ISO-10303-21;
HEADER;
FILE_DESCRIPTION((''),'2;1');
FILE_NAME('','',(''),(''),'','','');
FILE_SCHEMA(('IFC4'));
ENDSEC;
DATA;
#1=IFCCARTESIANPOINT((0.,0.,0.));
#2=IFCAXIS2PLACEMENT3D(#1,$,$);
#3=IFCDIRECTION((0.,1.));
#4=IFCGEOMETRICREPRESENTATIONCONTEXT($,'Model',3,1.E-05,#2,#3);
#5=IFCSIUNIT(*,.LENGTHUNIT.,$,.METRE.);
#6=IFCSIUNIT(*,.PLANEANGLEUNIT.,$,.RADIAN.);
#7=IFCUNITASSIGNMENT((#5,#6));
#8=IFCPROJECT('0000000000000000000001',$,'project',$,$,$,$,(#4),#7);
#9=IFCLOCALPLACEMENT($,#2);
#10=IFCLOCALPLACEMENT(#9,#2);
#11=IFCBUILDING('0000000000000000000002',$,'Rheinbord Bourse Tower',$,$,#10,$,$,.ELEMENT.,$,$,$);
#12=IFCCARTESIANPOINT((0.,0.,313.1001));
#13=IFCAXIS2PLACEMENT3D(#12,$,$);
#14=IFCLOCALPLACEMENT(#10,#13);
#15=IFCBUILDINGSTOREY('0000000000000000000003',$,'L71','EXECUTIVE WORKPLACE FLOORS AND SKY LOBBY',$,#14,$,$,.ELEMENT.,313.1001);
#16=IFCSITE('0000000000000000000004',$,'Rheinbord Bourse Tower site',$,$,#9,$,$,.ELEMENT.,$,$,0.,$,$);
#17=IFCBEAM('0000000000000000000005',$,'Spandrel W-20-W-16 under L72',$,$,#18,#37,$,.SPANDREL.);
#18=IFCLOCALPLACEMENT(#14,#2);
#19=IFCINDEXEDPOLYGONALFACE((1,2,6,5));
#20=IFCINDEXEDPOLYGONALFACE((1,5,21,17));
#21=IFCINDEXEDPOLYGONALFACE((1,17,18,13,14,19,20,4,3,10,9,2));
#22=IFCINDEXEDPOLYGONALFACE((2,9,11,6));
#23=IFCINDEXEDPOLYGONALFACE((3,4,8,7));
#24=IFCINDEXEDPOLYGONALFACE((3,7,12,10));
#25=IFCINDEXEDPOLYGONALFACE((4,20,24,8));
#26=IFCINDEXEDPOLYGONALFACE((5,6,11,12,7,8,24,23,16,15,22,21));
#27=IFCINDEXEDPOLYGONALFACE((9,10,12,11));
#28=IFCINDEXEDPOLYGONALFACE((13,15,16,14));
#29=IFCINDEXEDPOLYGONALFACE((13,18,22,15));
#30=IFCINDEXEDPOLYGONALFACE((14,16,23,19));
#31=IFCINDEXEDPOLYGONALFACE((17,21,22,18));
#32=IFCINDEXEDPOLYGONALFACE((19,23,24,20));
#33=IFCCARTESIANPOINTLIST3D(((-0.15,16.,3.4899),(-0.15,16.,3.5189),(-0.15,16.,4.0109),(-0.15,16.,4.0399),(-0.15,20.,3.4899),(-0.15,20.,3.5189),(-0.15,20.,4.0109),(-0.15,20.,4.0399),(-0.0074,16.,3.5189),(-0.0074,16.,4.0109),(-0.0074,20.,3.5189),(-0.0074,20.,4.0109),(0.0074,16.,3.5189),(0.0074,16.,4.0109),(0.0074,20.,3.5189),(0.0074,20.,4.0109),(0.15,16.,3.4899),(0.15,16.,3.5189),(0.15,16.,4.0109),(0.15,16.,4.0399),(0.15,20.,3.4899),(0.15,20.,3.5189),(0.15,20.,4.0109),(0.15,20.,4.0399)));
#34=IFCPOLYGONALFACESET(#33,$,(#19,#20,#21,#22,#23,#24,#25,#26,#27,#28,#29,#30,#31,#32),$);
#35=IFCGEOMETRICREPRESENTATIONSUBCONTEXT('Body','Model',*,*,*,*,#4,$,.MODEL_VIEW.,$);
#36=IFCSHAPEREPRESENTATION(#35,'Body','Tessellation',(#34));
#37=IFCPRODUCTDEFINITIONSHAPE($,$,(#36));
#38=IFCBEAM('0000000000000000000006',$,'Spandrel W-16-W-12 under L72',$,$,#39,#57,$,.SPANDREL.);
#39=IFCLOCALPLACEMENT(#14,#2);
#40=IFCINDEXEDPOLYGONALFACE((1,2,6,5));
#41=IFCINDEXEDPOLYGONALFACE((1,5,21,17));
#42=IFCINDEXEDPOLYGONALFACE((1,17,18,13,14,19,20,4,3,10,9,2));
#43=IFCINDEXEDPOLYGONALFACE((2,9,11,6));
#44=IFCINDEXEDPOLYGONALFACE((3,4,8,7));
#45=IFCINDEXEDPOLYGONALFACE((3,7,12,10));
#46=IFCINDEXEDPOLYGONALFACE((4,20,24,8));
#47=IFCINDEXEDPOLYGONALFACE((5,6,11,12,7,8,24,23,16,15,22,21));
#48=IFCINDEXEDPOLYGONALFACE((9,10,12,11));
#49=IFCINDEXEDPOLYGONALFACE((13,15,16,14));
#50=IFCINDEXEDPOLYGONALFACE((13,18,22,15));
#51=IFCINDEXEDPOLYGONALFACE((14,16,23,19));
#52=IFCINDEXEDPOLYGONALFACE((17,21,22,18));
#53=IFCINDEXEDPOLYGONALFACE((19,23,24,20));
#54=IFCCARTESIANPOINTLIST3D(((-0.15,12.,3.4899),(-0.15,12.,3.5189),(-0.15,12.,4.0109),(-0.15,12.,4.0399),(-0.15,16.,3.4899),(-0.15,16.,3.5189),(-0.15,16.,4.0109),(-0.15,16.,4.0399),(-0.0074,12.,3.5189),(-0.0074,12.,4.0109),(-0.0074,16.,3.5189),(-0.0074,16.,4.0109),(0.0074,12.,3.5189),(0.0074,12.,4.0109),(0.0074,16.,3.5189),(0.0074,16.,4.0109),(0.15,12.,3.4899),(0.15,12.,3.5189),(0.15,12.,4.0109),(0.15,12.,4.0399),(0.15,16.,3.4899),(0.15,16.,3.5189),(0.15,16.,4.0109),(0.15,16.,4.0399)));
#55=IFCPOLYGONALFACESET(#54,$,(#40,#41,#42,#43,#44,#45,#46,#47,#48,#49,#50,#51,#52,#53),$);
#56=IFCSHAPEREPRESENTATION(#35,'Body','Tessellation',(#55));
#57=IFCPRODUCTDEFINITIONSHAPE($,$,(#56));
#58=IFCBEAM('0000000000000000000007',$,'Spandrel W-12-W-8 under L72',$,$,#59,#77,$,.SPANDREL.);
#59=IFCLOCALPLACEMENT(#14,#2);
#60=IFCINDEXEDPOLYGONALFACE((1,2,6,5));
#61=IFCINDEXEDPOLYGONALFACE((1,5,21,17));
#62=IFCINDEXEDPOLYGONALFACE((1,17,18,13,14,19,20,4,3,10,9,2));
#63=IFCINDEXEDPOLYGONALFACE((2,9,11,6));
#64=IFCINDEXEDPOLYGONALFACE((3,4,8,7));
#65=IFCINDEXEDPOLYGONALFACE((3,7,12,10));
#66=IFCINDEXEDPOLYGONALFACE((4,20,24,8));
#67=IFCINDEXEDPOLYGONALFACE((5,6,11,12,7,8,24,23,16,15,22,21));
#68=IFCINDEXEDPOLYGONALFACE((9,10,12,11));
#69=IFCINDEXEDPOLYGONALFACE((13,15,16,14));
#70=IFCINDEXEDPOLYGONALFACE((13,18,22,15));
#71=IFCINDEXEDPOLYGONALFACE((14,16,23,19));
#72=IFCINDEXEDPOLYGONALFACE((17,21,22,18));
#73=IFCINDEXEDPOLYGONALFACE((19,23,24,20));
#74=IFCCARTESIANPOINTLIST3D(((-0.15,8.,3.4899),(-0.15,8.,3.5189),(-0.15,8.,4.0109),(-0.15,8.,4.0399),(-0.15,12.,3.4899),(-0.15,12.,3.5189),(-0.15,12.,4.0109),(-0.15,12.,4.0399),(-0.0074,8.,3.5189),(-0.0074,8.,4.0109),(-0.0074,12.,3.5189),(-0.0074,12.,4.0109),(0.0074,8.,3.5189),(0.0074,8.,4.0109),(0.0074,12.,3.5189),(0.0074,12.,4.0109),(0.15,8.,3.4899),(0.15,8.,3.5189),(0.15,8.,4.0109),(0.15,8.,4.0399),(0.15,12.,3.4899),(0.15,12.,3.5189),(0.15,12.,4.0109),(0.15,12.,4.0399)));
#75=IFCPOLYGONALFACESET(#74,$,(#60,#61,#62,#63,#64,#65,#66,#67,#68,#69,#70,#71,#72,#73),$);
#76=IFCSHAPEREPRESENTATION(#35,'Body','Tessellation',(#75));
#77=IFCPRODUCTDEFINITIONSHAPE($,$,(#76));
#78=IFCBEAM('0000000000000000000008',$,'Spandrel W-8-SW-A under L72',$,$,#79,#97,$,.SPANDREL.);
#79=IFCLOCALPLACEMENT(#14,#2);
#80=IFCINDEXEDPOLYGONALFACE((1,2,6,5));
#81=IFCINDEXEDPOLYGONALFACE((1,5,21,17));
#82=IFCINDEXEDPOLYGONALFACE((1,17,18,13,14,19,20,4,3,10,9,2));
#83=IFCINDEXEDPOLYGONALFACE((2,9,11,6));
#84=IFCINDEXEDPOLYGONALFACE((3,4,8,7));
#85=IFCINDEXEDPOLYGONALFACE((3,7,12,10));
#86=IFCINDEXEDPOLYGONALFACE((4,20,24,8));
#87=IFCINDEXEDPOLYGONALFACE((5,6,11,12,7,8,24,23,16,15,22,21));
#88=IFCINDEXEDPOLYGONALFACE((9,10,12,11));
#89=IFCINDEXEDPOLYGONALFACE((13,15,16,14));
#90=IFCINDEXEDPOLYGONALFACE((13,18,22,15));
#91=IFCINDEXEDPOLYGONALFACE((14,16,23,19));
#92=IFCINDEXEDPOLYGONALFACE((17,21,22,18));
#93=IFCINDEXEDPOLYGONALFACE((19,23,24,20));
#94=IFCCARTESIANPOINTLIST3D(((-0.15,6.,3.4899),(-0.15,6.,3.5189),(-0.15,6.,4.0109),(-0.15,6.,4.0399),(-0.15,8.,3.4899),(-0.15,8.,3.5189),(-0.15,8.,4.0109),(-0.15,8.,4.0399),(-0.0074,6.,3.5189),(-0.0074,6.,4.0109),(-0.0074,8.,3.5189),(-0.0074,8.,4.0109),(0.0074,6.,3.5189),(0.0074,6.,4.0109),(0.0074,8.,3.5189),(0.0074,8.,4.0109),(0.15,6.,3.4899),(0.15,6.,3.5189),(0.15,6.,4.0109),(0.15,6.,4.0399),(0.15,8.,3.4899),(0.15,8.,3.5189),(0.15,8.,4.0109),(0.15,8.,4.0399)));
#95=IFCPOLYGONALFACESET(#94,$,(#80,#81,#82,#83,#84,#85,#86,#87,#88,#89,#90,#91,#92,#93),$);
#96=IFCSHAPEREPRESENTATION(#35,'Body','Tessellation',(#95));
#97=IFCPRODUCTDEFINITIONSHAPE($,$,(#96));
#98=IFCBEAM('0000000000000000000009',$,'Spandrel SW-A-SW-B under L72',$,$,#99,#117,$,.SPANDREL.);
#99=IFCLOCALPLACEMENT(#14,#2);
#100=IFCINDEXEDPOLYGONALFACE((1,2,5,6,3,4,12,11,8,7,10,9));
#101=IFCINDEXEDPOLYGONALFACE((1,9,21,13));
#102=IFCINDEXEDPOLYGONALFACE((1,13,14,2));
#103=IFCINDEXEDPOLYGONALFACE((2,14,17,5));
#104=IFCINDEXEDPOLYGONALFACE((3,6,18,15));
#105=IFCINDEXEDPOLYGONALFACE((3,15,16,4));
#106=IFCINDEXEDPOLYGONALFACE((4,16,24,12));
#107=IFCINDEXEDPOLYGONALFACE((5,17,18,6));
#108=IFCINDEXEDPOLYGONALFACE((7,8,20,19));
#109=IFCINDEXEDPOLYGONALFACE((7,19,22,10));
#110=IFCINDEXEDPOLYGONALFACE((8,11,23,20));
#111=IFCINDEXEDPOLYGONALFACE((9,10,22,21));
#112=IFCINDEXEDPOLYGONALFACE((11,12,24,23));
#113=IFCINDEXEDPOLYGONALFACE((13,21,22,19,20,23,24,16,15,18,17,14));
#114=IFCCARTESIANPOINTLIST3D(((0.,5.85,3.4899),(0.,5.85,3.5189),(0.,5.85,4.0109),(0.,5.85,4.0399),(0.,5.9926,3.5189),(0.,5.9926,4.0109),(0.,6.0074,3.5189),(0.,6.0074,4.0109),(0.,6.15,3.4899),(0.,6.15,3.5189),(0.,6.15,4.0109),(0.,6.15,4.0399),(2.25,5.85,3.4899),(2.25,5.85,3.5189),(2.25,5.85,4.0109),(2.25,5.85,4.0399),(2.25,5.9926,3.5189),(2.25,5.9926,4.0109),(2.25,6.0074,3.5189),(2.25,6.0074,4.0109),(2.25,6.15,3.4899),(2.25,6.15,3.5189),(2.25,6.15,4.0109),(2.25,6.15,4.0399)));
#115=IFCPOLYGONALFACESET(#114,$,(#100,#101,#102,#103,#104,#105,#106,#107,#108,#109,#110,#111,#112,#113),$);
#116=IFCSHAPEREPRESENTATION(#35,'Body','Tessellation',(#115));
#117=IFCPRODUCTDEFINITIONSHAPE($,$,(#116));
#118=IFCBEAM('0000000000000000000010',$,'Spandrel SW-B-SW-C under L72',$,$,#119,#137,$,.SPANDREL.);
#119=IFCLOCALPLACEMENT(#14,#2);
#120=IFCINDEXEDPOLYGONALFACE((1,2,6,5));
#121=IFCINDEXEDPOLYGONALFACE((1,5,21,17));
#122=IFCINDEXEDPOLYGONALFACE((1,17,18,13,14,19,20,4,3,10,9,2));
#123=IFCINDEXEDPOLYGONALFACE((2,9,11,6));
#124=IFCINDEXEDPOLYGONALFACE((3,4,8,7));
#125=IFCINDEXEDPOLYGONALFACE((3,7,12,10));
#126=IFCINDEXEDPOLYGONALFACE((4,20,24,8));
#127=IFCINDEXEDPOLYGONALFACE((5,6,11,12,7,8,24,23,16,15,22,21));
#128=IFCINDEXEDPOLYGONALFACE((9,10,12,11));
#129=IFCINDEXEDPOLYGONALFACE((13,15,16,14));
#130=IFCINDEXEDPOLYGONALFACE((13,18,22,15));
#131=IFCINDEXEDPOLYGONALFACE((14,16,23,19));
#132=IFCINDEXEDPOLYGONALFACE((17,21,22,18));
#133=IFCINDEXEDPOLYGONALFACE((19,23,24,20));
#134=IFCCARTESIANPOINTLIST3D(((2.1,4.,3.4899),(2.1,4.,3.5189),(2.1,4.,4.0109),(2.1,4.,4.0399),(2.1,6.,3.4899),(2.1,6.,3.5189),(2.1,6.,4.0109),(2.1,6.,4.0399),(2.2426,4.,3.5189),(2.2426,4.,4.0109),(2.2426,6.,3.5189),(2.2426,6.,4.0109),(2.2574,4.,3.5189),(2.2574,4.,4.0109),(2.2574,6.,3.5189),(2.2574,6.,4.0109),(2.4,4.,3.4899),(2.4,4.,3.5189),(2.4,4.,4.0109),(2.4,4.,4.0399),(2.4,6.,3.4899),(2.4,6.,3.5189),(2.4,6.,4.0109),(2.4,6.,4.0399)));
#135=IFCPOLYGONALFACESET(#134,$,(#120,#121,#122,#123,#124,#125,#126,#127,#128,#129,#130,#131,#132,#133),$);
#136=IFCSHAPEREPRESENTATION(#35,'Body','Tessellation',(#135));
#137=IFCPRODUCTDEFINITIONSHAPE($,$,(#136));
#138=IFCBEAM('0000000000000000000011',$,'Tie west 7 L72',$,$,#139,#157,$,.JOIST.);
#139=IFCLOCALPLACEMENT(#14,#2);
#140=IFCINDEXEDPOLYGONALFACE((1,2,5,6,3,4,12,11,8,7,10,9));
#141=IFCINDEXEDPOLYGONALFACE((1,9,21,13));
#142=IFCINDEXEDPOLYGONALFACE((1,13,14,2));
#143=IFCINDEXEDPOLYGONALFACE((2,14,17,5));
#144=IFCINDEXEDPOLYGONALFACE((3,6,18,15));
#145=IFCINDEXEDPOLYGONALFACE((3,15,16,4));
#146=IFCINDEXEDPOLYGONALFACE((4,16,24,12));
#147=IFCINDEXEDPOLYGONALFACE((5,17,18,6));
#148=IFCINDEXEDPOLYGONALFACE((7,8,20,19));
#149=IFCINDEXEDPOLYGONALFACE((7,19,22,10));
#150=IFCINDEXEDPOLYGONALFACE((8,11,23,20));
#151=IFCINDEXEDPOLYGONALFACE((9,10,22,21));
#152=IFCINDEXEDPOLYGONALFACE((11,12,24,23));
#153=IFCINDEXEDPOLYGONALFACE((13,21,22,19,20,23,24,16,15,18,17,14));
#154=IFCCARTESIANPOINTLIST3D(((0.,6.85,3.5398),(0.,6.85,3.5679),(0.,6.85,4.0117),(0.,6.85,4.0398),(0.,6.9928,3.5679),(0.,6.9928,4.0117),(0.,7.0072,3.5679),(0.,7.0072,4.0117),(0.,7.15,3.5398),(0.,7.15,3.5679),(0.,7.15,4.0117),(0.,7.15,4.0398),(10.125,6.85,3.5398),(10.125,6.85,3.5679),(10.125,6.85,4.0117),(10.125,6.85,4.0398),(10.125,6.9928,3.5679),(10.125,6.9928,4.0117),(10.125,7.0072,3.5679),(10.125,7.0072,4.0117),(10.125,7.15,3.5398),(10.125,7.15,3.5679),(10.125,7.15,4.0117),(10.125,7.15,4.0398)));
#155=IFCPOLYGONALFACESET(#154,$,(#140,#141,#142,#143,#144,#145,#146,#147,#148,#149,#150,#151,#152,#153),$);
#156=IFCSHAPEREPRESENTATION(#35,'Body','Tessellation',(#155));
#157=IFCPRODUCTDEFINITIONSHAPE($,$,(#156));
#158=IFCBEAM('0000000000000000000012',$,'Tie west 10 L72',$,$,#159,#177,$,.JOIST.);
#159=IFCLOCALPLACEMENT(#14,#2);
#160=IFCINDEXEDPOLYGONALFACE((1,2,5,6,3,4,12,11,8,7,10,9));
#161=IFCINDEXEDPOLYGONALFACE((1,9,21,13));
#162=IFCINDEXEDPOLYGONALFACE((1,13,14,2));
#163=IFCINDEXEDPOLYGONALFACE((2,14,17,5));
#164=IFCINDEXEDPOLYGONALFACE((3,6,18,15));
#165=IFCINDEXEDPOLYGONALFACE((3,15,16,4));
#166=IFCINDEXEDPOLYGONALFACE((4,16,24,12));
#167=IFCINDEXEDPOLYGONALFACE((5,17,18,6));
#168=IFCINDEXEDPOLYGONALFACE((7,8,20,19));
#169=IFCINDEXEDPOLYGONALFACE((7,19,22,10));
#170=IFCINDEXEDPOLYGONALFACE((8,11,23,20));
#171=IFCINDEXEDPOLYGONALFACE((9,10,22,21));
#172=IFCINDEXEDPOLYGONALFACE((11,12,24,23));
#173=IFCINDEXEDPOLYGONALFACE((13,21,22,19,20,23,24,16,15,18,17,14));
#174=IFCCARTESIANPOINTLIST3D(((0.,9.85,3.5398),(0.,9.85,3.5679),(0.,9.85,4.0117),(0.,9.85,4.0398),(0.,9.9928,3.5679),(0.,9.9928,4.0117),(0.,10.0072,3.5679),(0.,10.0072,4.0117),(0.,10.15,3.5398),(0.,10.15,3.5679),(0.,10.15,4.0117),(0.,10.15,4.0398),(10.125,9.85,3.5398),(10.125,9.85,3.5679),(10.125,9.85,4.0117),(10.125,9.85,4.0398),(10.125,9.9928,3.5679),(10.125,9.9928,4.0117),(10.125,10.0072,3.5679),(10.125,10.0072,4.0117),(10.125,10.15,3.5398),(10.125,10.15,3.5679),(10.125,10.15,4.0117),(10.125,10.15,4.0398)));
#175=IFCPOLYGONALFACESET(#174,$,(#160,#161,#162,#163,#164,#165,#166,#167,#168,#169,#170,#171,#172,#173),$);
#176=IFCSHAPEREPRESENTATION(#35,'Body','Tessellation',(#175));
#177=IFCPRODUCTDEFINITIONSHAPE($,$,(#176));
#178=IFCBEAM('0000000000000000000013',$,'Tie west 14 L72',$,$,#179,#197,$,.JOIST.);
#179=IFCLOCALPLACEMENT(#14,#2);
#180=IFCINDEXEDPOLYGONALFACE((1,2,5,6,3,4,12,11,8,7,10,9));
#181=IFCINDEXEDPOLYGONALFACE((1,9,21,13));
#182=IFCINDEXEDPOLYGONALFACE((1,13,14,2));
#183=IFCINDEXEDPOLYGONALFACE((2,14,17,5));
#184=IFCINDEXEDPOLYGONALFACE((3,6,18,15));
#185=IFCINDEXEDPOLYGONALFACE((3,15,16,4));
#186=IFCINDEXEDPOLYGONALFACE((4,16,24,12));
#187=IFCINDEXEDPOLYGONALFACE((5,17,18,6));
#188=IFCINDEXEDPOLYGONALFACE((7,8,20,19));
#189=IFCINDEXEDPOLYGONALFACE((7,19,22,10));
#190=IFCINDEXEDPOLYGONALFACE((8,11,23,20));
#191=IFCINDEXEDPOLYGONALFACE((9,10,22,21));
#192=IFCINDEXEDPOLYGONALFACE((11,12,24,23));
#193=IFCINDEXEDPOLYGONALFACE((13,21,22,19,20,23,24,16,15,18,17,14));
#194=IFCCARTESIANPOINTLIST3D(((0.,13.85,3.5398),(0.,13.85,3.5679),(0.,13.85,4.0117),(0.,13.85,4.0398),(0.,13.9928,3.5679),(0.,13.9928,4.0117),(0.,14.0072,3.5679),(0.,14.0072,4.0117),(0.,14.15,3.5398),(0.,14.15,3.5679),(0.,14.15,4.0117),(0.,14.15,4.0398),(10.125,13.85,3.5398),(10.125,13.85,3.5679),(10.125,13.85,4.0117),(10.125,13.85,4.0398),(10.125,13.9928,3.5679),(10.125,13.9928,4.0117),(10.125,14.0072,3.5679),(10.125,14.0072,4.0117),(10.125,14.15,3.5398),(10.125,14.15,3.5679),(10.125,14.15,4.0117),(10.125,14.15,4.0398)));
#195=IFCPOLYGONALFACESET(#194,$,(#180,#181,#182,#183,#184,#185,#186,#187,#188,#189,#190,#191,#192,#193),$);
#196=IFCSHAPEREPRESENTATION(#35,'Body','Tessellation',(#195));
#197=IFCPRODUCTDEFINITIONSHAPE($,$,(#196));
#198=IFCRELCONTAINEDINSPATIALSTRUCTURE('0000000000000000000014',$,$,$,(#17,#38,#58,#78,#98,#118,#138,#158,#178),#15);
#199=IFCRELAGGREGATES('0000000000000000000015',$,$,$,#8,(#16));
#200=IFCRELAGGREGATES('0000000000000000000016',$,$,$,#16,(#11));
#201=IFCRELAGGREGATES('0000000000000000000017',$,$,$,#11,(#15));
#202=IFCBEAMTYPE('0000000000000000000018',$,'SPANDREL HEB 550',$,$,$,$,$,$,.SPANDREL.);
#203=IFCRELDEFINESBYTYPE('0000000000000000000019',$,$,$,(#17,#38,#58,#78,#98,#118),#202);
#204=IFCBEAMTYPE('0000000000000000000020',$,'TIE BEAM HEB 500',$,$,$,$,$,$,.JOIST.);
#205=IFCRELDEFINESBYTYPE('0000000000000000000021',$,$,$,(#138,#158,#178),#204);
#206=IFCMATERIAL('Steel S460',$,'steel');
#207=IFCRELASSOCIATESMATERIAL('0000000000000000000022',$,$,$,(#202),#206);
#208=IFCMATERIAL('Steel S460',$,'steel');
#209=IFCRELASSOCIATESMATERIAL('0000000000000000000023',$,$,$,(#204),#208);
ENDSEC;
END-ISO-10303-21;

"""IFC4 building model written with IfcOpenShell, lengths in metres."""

from ifc_helpers import new_model, si_unit, direction, frame, origin, origin_2d, place, context, subcontext, project, spatial, i_section, extrude, material, material_profile, profile_set, type_object, element, save


model = new_model("IFC4")

# Units and contexts
model_context = context("Model", 3, precision=1e-05, world=origin(), true_north=direction((0.0, 1.0)))
body_context = subcontext(model_context, "Body", "Model", "MODEL_VIEW")
ifc_project = project(units=[si_unit("LENGTHUNIT", "METRE"), si_unit("PLANEANGLEUNIT", "RADIAN")], contexts=[model_context])

# Site, building, storey
site_placement = place(None, origin())
site = spatial("IfcSite", under=ifc_project, at=site_placement, Name="Rheinbord Bourse Tower site", CompositionType="ELEMENT", RefElevation=0.0)
building_placement = place(site_placement, origin())
building = spatial("IfcBuilding", under=site, at=building_placement, Name="Rheinbord Bourse Tower", CompositionType="ELEMENT")
storey_placement = place(building_placement, frame((0.0, 0.0, 313.1001)))
storey = spatial("IfcBuildingStorey", under=building, at=storey_placement, Name="L71", Description="EXECUTIVE WORKPLACE FLOORS AND SKY LOBBY", CompositionType="ELEMENT", Elevation=313.1001)

# Beams
ifc_material_1 = material(Name="Steel S460", Category="steel")
ifc_material_profile_1 = material_profile(ifc_material_1, i_section(OverallWidth=0.3, OverallDepth=0.55, WebThickness=0.0149, FlangeThickness=0.0291, at=origin_2d()), Name="HEB 550")
ifc_profile_set_1 = profile_set([ifc_material_profile_1], Name="Steel S460")
beam_type_1 = type_object("IfcBeamType", Name="SPANDREL HEB 550", PredefinedType="SPANDREL", material=ifc_profile_set_1)
for number, where, z_axis, x_axis, name in (
    (1, (0.0, 20.0, 3.7649), (0.0, -1.0, 0.0), (1.0, 0.0, 0.0), "Spandrel W-20-W-16 under L72"),
    (2, (0.0, 16.0, 3.7649), (0.0, -1.0, 0.0), (1.0, 0.0, 0.0), "Spandrel W-16-W-12 under L72"),
    (3, (0.0, 12.0, 3.7649), (0.0, -1.0, 0.0), (1.0, 0.0, 0.0), "Spandrel W-12-W-8 under L72"),
):
    element("IfcBeam", number, at=place(storey_placement, frame(where, z_axis=z_axis, x_axis=x_axis)), inside=storey, type_object=beam_type_1, Name=name, PredefinedType="SPANDREL", context=body_context, shape_type="SweptSolid", body=[
        extrude(i_section(OverallWidth=0.3, OverallDepth=0.55, WebThickness=0.0149, FlangeThickness=0.0291, at=origin_2d()), origin(), (0.0, 0.0, 1.0), 4.0),
    ])
beam_1_placement = place(storey_placement, frame((0.0, 8.0, 3.7649), z_axis=(0.0, -1.0, 0.0), x_axis=(1.0, 0.0, 0.0)))
element("IfcBeam", 4, at=beam_1_placement, inside=storey, type_object=beam_type_1, Name="Spandrel W-8-SW-A under L72", PredefinedType="SPANDREL", context=body_context, shape_type="SweptSolid", body=[
    extrude(i_section(OverallWidth=0.3, OverallDepth=0.55, WebThickness=0.0149, FlangeThickness=0.0291, at=origin_2d()), origin(), (0.0, 0.0, 1.0), 2.0),
])
beam_2_placement = place(storey_placement, frame((0.0, 6.0, 3.7649), z_axis=(1.0, 0.0, 0.0), x_axis=(0.0, 1.0, 0.0)))
element("IfcBeam", 5, at=beam_2_placement, inside=storey, type_object=beam_type_1, Name="Spandrel SW-A-SW-B under L72", PredefinedType="SPANDREL", context=body_context, shape_type="SweptSolid", body=[
    extrude(i_section(OverallWidth=0.3, OverallDepth=0.55, WebThickness=0.0149, FlangeThickness=0.0291, at=origin_2d()), origin(), (0.0, 0.0, 1.0), 2.25),
])
beam_3_placement = place(storey_placement, frame((2.25, 6.0, 3.7649), z_axis=(0.0, -1.0, 0.0), x_axis=(1.0, 0.0, 0.0)))
element("IfcBeam", 6, at=beam_3_placement, inside=storey, type_object=beam_type_1, Name="Spandrel SW-B-SW-C under L72", PredefinedType="SPANDREL", context=body_context, shape_type="SweptSolid", body=[
    extrude(i_section(OverallWidth=0.3, OverallDepth=0.55, WebThickness=0.0149, FlangeThickness=0.0291, at=origin_2d()), origin(), (0.0, 0.0, 1.0), 2.0),
])
ifc_material_2 = material(Name="Steel S460", Category="steel")
ifc_material_profile_2 = material_profile(ifc_material_2, i_section(OverallWidth=0.3, OverallDepth=0.5, WebThickness=0.0144, FlangeThickness=0.0281, at=origin_2d()), Name="HEB 500")
ifc_profile_set_2 = profile_set([ifc_material_profile_2], Name="Steel S460")
beam_type_2 = type_object("IfcBeamType", Name="TIE BEAM HEB 500", PredefinedType="JOIST", material=ifc_profile_set_2)
for number, where, z_axis, x_axis, name in (
    (7, (0.0, 7.0, 3.7898), (1.0, 0.0, 0.0), (0.0, 1.0, 0.0), "Tie west 7 L72"),
    (8, (0.0, 10.0, 3.7898), (1.0, 0.0, 0.0), (0.0, 1.0, 0.0), "Tie west 10 L72"),
    (9, (0.0, 14.0, 3.7898), (1.0, 0.0, 0.0), (0.0, 1.0, 0.0), "Tie west 14 L72"),
):
    element("IfcBeam", number, at=place(storey_placement, frame(where, z_axis=z_axis, x_axis=x_axis)), inside=storey, type_object=beam_type_2, Name=name, PredefinedType="JOIST", context=body_context, shape_type="SweptSolid", body=[
        extrude(i_section(OverallWidth=0.3, OverallDepth=0.5, WebThickness=0.0144, FlangeThickness=0.0281, at=origin_2d()), origin(), (0.0, 0.0, 1.0), 10.125),
    ])

save(model, "model.ifc")
